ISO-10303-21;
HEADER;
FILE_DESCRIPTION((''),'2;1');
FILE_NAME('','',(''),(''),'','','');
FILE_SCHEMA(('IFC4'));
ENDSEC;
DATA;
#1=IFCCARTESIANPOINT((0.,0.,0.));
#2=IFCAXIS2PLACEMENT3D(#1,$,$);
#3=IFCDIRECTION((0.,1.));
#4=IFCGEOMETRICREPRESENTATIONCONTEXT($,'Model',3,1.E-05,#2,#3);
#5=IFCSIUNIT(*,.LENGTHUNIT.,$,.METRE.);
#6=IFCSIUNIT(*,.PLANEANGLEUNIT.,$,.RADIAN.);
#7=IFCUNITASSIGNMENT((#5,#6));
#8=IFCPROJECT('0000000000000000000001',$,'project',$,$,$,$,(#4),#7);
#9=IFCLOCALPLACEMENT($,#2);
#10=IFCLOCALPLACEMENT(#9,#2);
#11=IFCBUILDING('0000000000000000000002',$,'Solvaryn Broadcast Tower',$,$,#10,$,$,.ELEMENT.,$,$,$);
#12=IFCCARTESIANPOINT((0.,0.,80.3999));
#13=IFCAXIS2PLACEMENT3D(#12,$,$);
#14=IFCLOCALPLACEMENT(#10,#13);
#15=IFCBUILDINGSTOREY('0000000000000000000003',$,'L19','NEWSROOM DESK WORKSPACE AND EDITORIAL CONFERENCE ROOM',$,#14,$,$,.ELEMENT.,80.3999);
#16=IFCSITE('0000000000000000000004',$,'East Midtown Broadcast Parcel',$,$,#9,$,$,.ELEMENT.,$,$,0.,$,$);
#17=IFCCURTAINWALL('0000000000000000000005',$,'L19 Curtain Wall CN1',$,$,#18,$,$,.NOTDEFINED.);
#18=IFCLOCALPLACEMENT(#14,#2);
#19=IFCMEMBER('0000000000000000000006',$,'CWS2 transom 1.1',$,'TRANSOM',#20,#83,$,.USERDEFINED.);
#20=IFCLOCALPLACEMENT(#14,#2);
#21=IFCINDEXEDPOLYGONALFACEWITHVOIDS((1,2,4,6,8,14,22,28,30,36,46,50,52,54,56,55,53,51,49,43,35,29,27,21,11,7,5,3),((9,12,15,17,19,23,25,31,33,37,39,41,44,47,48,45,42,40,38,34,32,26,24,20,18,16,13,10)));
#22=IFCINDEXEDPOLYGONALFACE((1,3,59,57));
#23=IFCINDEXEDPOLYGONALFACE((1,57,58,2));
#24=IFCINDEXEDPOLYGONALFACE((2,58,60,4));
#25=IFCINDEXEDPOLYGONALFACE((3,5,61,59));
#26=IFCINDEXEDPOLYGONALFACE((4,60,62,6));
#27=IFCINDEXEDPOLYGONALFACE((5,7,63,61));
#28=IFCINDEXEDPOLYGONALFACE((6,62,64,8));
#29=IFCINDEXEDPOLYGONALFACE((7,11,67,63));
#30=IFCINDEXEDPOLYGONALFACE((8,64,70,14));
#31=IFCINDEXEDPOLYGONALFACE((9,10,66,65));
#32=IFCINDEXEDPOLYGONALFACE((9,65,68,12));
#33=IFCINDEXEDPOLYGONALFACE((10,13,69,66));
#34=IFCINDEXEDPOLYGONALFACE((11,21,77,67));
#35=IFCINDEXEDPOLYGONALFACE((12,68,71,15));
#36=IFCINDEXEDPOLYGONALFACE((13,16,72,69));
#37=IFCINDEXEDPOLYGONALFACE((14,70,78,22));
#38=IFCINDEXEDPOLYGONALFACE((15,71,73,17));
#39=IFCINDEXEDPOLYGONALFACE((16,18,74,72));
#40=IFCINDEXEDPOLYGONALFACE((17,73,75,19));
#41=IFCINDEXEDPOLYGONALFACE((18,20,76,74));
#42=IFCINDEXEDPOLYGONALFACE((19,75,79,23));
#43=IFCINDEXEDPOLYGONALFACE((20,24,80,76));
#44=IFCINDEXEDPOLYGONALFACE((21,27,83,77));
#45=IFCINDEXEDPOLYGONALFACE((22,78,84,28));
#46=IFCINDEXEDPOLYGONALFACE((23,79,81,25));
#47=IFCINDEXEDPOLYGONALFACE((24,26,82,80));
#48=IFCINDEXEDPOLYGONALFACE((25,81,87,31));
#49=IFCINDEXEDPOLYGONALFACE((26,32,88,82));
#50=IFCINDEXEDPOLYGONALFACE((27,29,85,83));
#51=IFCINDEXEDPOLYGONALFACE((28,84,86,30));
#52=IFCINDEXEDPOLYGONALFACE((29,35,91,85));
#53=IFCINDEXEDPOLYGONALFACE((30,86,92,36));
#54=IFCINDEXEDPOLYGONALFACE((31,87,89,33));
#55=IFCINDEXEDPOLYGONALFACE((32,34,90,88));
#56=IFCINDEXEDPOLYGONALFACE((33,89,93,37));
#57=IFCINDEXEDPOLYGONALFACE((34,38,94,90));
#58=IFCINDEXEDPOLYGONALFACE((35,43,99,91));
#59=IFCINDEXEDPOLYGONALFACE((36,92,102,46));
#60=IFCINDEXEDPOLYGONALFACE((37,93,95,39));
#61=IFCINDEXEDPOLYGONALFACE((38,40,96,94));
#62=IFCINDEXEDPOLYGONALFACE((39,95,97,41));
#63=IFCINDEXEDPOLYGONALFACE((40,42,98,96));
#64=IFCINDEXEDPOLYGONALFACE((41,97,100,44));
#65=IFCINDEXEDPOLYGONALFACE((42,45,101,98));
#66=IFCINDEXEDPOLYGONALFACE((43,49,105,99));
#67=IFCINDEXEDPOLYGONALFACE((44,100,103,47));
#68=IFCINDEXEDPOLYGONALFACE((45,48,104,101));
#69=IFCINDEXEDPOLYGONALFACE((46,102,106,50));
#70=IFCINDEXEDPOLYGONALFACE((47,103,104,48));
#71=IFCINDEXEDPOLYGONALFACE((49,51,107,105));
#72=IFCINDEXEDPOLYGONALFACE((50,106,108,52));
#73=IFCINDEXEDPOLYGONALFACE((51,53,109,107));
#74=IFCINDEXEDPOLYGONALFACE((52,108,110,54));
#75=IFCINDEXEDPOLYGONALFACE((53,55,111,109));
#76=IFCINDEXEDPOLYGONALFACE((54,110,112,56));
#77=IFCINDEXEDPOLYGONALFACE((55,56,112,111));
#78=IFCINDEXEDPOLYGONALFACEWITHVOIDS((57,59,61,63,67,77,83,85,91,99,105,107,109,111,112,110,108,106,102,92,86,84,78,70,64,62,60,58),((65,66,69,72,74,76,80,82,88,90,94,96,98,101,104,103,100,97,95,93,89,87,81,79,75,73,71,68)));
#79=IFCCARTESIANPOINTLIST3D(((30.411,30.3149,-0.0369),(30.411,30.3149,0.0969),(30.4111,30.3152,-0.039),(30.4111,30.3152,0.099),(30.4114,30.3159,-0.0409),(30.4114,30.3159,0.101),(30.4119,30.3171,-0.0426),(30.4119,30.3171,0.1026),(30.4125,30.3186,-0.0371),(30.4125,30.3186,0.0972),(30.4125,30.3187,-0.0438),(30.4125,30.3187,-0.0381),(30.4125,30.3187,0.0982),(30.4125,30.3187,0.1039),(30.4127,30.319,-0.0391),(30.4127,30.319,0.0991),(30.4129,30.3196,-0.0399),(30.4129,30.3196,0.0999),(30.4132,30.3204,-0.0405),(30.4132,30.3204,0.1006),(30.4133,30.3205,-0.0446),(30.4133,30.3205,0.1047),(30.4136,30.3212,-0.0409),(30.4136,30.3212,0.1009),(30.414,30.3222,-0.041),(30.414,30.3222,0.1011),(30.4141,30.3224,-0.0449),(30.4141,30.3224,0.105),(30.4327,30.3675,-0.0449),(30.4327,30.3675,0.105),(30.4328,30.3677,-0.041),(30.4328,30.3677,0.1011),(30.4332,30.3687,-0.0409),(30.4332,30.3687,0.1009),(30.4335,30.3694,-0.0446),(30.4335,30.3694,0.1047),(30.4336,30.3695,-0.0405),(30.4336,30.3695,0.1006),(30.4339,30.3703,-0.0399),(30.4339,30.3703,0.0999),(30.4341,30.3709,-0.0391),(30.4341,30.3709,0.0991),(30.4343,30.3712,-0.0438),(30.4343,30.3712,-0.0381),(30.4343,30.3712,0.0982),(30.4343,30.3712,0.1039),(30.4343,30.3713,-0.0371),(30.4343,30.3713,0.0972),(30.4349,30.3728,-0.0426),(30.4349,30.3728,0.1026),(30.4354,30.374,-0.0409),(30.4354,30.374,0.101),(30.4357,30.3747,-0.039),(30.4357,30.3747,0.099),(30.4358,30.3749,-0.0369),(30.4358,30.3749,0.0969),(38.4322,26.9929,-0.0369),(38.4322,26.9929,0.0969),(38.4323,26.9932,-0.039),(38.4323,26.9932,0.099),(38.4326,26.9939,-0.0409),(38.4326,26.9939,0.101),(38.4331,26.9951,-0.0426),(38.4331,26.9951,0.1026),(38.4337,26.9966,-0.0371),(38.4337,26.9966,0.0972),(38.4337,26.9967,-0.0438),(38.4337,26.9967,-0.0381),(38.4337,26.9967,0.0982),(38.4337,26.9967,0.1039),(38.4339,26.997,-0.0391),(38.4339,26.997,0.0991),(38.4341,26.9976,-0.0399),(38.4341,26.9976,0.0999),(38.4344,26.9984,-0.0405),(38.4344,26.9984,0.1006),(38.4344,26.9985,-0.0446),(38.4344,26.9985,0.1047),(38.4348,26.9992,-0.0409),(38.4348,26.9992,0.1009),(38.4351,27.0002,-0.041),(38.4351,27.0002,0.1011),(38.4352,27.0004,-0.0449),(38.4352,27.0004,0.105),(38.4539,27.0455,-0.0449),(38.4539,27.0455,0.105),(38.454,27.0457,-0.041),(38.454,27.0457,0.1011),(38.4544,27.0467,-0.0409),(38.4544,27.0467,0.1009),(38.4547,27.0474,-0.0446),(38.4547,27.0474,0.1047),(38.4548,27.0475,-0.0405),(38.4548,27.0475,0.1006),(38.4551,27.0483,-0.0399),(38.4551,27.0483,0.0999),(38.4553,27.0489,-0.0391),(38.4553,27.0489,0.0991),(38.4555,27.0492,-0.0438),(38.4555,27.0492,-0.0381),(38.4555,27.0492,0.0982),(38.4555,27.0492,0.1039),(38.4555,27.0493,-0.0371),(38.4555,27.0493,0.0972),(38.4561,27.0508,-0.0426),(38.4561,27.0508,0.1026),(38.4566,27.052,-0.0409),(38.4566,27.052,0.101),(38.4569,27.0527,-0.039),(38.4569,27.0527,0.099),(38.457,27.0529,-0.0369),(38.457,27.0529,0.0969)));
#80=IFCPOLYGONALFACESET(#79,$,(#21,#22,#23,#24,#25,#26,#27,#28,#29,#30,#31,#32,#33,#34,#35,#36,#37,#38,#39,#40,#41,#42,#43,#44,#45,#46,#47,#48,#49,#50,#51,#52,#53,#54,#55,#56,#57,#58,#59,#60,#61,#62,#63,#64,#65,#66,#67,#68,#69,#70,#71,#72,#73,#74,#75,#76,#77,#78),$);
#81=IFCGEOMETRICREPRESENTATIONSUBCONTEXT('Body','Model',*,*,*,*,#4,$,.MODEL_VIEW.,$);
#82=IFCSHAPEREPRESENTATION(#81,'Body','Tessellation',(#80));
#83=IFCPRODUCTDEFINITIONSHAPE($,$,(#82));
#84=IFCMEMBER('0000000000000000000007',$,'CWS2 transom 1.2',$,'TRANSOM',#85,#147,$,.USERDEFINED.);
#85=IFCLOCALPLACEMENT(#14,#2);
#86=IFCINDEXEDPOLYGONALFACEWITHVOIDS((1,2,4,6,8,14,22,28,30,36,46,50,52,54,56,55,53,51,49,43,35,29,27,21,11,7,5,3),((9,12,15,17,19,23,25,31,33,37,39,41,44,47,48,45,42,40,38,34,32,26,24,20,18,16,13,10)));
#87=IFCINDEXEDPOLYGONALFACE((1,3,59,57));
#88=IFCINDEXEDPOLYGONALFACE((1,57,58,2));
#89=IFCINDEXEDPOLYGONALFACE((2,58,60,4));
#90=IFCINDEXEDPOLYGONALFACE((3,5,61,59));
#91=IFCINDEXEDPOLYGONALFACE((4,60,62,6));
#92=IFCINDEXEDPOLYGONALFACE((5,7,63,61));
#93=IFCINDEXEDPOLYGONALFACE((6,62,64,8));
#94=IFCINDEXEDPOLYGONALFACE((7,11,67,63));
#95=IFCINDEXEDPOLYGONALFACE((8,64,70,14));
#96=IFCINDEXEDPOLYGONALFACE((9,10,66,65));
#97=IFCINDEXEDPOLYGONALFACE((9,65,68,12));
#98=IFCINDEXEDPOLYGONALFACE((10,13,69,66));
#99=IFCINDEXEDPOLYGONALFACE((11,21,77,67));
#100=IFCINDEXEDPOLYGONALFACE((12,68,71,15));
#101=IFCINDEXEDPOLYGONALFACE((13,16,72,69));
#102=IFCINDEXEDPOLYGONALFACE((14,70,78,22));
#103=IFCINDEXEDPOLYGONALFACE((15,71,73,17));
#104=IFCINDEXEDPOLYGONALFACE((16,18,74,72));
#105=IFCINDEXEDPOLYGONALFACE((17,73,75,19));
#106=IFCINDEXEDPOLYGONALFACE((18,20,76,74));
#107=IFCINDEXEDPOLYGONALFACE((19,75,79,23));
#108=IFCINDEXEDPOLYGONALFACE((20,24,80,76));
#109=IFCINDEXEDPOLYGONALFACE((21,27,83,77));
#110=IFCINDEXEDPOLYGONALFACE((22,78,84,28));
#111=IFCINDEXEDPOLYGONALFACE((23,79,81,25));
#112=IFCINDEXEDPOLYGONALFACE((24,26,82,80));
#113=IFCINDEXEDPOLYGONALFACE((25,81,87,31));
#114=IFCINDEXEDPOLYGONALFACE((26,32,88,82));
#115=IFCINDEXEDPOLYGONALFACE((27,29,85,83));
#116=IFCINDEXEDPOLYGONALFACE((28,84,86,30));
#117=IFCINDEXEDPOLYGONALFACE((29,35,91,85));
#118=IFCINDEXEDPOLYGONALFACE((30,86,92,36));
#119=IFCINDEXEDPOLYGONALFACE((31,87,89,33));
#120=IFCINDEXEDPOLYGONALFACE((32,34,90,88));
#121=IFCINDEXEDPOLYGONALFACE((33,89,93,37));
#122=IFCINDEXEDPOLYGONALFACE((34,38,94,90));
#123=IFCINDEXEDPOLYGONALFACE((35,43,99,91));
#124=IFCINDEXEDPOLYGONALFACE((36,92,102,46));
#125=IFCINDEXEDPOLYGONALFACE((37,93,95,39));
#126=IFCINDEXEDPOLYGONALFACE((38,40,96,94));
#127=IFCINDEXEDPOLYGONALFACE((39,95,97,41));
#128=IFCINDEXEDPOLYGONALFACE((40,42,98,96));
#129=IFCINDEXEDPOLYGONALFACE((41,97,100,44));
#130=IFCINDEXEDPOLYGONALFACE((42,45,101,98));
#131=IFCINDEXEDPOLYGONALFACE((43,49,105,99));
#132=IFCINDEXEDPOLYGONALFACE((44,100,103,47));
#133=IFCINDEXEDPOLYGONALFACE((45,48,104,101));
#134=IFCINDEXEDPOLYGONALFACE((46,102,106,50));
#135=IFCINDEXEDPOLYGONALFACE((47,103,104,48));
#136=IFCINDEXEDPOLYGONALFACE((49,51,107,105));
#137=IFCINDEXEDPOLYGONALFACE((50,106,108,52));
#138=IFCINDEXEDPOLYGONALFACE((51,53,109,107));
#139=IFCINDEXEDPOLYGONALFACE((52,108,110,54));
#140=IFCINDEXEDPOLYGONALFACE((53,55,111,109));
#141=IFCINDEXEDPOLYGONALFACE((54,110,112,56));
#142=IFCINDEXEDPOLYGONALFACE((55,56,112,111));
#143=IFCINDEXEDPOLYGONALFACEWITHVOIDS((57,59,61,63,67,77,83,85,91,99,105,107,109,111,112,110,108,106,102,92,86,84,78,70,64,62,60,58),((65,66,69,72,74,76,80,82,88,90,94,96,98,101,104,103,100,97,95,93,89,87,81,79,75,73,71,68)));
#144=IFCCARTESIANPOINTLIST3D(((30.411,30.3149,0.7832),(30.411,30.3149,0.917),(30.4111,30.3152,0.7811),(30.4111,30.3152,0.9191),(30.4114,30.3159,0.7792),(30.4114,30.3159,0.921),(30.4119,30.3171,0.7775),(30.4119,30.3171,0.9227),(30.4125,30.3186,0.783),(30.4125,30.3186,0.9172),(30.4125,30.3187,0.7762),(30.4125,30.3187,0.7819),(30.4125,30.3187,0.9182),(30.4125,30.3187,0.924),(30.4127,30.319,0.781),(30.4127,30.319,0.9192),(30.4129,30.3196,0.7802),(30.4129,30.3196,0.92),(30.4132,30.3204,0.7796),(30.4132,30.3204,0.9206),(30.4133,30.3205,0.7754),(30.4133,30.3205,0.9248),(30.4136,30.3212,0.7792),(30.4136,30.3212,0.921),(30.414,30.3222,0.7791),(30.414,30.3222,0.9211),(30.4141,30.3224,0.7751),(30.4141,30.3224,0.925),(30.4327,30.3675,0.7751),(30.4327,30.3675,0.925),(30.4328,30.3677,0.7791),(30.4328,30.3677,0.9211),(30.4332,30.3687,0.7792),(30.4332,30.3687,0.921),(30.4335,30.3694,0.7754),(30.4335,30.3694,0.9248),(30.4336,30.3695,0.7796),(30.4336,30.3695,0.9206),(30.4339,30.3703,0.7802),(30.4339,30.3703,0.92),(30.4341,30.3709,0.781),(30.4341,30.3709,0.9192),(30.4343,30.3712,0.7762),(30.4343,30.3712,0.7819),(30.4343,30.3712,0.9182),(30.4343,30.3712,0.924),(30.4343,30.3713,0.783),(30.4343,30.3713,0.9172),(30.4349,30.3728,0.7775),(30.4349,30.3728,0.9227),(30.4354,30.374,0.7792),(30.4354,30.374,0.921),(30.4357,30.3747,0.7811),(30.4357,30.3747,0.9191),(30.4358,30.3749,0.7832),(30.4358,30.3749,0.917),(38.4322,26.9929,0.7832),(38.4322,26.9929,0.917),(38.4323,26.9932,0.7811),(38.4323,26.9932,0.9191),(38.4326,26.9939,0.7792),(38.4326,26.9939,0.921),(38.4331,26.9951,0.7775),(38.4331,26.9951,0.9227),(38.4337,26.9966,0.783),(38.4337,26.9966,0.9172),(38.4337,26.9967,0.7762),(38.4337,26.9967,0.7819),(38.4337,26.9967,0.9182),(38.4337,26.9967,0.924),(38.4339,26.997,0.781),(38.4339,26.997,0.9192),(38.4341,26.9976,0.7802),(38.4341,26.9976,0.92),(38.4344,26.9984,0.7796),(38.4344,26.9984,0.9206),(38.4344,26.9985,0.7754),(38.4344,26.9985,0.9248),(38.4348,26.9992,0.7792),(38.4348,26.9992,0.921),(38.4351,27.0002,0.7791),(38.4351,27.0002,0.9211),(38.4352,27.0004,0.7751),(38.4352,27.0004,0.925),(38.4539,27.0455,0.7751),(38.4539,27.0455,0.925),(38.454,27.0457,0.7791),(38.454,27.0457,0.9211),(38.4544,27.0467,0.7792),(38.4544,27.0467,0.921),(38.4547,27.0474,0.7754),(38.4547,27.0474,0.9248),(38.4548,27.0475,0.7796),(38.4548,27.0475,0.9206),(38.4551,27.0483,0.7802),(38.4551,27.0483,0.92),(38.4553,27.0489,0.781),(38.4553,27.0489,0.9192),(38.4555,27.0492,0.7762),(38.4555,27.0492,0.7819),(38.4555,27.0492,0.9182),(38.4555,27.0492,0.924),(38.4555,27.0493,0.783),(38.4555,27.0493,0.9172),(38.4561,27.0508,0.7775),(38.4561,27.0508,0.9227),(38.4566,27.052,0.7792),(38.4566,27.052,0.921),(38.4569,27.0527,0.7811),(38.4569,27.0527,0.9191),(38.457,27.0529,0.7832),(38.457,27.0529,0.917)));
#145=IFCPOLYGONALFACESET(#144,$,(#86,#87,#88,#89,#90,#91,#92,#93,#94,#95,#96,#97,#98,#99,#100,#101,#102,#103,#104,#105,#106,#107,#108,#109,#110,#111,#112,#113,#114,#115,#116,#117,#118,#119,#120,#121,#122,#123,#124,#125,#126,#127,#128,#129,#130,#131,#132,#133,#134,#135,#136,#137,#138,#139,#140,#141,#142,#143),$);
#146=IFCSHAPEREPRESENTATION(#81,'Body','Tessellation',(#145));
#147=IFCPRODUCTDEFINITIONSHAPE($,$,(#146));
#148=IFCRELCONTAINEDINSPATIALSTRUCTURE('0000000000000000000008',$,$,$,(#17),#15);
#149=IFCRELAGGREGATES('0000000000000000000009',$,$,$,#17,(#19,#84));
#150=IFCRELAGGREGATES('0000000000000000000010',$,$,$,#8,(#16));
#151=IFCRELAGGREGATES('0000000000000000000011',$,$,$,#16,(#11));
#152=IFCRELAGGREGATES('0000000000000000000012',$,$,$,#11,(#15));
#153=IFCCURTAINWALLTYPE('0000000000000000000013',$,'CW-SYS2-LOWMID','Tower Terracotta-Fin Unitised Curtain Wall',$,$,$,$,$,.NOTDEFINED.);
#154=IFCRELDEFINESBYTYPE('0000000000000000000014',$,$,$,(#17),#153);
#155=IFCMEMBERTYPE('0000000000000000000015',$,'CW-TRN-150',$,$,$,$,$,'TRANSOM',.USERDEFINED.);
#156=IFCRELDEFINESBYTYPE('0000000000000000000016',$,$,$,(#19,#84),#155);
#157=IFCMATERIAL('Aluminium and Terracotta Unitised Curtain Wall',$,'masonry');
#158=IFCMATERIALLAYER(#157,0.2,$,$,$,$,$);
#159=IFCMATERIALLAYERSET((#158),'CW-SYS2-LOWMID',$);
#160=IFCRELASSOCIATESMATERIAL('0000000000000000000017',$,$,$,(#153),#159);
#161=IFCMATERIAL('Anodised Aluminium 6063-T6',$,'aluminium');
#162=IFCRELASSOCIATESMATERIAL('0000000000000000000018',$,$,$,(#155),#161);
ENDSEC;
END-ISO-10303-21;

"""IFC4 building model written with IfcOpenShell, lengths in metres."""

from ifc_helpers import new_model, si_unit, direction, frame, origin, origin_2d, place, context, subcontext, project, spatial, hollow_rectangle, extrude, material, layer, layer_set, material_profile, profile_set, type_object, element, aggregate, save


model = new_model("IFC4")

# Units and contexts
model_context = context("Model", 3, precision=1e-05, world=origin(), true_north=direction((0.0, 1.0)))
body_context = subcontext(model_context, "Body", "Model", "MODEL_VIEW")
ifc_project = project(units=[si_unit("LENGTHUNIT", "METRE"), si_unit("PLANEANGLEUNIT", "RADIAN")], contexts=[model_context])

# Site, building, storey
site_placement = place(None, origin())
site = spatial("IfcSite", under=ifc_project, at=site_placement, Name="East Midtown Broadcast Parcel", CompositionType="ELEMENT", RefElevation=0.0)
building_placement = place(site_placement, origin())
building = spatial("IfcBuilding", under=site, at=building_placement, Name="Solvaryn Broadcast Tower", CompositionType="ELEMENT")
storey_placement = place(building_placement, frame((0.0, 0.0, 80.3999)))
storey = spatial("IfcBuildingStorey", under=building, at=storey_placement, Name="L19", Description="NEWSROOM DESK WORKSPACE AND EDITORIAL CONFERENCE ROOM", CompositionType="ELEMENT", Elevation=80.3999)

# Curtain wall
ifc_material_1 = material(Name="Aluminium and Terracotta Unitised Curtain Wall", Category="masonry")
ifc_layer_1 = layer(ifc_material_1, 0.2)
ifc_layer_set_1 = layer_set([ifc_layer_1], Name="CW-SYS2-LOWMID")
curtain_wall_type = type_object("IfcCurtainWallType", Name="CW-SYS2-LOWMID", Description="Tower Terracotta-Fin Unitised Curtain Wall", PredefinedType="NOTDEFINED", material=ifc_layer_set_1)
curtain_wall_1_placement = place(storey_placement, origin())
curtain_wall_1 = element("IfcCurtainWall", 1, at=curtain_wall_1_placement, inside=storey, type_object=curtain_wall_type, Name="L19 Curtain Wall CN1", PredefinedType="NOTDEFINED")

# Members
ifc_material_2 = material(Name="Anodised Aluminium 6063-T6", Category="aluminium")
ifc_material_profile_1 = material_profile(ifc_material_2, hollow_rectangle(XDim=0.0649, YDim=0.1499, WallThickness=0.0039, InnerFilletRadius=0.0039, OuterFilletRadius=0.0081, at=origin_2d()))
ifc_profile_set_1 = profile_set([ifc_material_profile_1], Name="Anodised Aluminium 6063-T6")
member_type_1 = type_object("IfcMemberType", Name="CW-TRN-150", ElementType="TRANSOM", PredefinedType="USERDEFINED", material=ifc_profile_set_1)
member_1_placement = place(storey_placement, frame((38.4446, 27.0229, 0.03), z_axis=(-0.923899, 0.382636, 0.0), x_axis=(-0.382636, -0.923899, 0.0)))
member_1 = element("IfcMember", 2, at=member_1_placement, type_object=member_type_1, Name="CWS2 transom 1.1", ObjectType="TRANSOM", PredefinedType="USERDEFINED", context=body_context, shape_type="SweptSolid", body=[
    extrude(hollow_rectangle(XDim=0.0649, YDim=0.1499, WallThickness=0.0039, InnerFilletRadius=0.0039, OuterFilletRadius=0.0081, at=origin_2d()), origin(), (0.0, 0.0, 1.0), 8.6819),
])
member_2_placement = place(storey_placement, frame((38.4446, 27.0229, 0.8501), z_axis=(-0.923899, 0.382636, 0.0), x_axis=(-0.382636, -0.923899, 0.0)))
member_2 = element("IfcMember", 3, at=member_2_placement, type_object=member_type_1, Name="CWS2 transom 1.2", ObjectType="TRANSOM", PredefinedType="USERDEFINED", context=body_context, shape_type="SweptSolid", body=[
    extrude(hollow_rectangle(XDim=0.0649, YDim=0.1499, WallThickness=0.0039, InnerFilletRadius=0.0039, OuterFilletRadius=0.0081, at=origin_2d()), origin(), (0.0, 0.0, 1.0), 8.6819),
])
aggregate(curtain_wall_1, [member_1, member_2])

save(model, "model.ifc")
